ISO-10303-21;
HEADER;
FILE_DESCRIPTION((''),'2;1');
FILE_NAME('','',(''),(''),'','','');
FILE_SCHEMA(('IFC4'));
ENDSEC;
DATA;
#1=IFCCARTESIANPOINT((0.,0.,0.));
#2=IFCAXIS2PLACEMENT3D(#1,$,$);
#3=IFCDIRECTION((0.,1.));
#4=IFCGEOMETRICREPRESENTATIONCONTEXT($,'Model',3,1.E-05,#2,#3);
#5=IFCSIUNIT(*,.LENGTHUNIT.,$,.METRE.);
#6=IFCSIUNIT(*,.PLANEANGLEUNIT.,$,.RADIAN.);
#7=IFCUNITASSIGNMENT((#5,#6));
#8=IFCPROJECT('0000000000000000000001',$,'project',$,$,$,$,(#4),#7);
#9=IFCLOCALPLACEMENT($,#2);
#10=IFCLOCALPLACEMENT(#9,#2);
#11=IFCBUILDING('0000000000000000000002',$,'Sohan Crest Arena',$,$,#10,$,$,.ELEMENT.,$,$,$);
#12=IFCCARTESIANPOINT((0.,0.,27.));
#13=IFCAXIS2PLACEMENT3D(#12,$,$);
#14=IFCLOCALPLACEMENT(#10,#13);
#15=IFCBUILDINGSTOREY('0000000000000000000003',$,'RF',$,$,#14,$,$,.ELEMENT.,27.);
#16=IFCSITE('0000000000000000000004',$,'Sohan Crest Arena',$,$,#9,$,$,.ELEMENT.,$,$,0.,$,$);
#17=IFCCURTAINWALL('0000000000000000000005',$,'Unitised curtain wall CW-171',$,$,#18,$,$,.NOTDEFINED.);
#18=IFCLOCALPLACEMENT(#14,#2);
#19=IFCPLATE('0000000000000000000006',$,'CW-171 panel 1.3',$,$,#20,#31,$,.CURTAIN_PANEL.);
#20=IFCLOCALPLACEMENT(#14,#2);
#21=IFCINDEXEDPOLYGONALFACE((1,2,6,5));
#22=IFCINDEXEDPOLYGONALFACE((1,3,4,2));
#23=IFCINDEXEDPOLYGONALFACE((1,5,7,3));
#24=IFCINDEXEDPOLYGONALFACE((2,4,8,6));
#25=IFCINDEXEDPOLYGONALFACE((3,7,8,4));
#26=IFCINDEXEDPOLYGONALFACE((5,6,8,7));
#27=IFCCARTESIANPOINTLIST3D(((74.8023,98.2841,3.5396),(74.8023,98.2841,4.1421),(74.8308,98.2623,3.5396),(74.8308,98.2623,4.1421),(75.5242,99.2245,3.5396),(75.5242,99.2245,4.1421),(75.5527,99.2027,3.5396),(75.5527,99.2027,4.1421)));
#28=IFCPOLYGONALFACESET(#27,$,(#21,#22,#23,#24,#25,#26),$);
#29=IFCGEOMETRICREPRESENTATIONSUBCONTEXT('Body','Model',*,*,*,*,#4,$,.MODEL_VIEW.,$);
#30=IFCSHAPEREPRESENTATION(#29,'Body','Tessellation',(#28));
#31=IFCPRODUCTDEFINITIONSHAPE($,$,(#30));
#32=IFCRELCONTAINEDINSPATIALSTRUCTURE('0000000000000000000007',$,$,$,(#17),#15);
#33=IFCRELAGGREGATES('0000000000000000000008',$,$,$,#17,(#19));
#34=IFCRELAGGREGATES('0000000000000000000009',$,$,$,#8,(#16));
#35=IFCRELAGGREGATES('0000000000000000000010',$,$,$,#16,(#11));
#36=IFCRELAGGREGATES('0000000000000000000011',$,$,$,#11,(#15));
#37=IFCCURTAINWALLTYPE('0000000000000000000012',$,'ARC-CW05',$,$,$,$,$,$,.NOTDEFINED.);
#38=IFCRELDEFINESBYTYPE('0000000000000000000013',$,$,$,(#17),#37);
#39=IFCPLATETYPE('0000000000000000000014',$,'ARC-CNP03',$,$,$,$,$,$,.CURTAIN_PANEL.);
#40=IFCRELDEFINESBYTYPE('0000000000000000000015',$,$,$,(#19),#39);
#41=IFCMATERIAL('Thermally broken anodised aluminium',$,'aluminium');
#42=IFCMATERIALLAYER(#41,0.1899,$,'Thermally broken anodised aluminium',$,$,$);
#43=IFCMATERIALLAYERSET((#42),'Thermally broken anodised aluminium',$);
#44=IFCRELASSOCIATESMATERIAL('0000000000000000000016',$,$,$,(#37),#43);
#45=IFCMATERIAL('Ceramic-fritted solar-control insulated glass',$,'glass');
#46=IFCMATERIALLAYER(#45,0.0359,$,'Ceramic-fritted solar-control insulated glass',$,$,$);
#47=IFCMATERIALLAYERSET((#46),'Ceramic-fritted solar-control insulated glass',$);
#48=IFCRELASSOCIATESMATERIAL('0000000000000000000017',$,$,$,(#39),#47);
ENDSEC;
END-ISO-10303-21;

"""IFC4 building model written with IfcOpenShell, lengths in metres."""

from ifc_helpers import new_model, si_unit, direction, frame, origin, origin_2d, place, context, subcontext, project, spatial, rectangle, extrude, material, layer, layer_set, type_object, element, aggregate, save


model = new_model("IFC4")

# Units and contexts
model_context = context("Model", 3, precision=1e-05, world=origin(), true_north=direction((0.0, 1.0)))
body_context = subcontext(model_context, "Body", "Model", "MODEL_VIEW")
ifc_project = project(units=[si_unit("LENGTHUNIT", "METRE"), si_unit("PLANEANGLEUNIT", "RADIAN")], contexts=[model_context])

# Site, building, storey
site_placement = place(None, origin())
site = spatial("IfcSite", under=ifc_project, at=site_placement, Name="Sohan Crest Arena", CompositionType="ELEMENT", RefElevation=0.0)
building_placement = place(site_placement, origin())
building = spatial("IfcBuilding", under=site, at=building_placement, Name="Sohan Crest Arena", CompositionType="ELEMENT")
storey_placement = place(building_placement, frame((0.0, 0.0, 27.0)))
storey = spatial("IfcBuildingStorey", under=building, at=storey_placement, Name="RF", CompositionType="ELEMENT", Elevation=27.0)

# Curtain wall
ifc_material_1 = material(Name="Thermally broken anodised aluminium", Category="aluminium")
ifc_layer_1 = layer(ifc_material_1, 0.1899, Name="Thermally broken anodised aluminium")
ifc_layer_set_1 = layer_set([ifc_layer_1], Name="Thermally broken anodised aluminium")
curtain_wall_type = type_object("IfcCurtainWallType", Name="ARC-CW05", PredefinedType="NOTDEFINED", material=ifc_layer_set_1)
curtain_wall_placement = place(storey_placement, origin())
curtain_wall = element("IfcCurtainWall", 1, at=curtain_wall_placement, inside=storey, type_object=curtain_wall_type, Name="Unitised curtain wall CW-171", PredefinedType="NOTDEFINED")

# Plate
ifc_material_2 = material(Name="Ceramic-fritted solar-control insulated glass", Category="glass")
ifc_layer_2 = layer(ifc_material_2, 0.0359, Name="Ceramic-fritted solar-control insulated glass")
ifc_layer_set_2 = layer_set([ifc_layer_2], Name="Ceramic-fritted solar-control insulated glass")
plate_type = type_object("IfcPlateType", Name="ARC-CNP03", PredefinedType="CURTAIN_PANEL", material=ifc_layer_set_2)
plate_1_placement = place(storey_placement, frame((75.1775, 98.7434, 3.5396), z_axis=(0.0, 0.0, 1.0), x_axis=(-0.608939, -0.793217, 0.0)))
plate_1 = element("IfcPlate", 2, at=plate_1_placement, type_object=plate_type, Name="CW-171 panel 1.3", PredefinedType="CURTAIN_PANEL", context=body_context, shape_type="SweptSolid", body=[
    extrude(rectangle(XDim=1.1855, YDim=0.0359, at=origin_2d()), origin(), (0.0, 0.0, 1.0), 0.6025),
])
aggregate(curtain_wall, [plate_1])

save(model, "model.ifc")
